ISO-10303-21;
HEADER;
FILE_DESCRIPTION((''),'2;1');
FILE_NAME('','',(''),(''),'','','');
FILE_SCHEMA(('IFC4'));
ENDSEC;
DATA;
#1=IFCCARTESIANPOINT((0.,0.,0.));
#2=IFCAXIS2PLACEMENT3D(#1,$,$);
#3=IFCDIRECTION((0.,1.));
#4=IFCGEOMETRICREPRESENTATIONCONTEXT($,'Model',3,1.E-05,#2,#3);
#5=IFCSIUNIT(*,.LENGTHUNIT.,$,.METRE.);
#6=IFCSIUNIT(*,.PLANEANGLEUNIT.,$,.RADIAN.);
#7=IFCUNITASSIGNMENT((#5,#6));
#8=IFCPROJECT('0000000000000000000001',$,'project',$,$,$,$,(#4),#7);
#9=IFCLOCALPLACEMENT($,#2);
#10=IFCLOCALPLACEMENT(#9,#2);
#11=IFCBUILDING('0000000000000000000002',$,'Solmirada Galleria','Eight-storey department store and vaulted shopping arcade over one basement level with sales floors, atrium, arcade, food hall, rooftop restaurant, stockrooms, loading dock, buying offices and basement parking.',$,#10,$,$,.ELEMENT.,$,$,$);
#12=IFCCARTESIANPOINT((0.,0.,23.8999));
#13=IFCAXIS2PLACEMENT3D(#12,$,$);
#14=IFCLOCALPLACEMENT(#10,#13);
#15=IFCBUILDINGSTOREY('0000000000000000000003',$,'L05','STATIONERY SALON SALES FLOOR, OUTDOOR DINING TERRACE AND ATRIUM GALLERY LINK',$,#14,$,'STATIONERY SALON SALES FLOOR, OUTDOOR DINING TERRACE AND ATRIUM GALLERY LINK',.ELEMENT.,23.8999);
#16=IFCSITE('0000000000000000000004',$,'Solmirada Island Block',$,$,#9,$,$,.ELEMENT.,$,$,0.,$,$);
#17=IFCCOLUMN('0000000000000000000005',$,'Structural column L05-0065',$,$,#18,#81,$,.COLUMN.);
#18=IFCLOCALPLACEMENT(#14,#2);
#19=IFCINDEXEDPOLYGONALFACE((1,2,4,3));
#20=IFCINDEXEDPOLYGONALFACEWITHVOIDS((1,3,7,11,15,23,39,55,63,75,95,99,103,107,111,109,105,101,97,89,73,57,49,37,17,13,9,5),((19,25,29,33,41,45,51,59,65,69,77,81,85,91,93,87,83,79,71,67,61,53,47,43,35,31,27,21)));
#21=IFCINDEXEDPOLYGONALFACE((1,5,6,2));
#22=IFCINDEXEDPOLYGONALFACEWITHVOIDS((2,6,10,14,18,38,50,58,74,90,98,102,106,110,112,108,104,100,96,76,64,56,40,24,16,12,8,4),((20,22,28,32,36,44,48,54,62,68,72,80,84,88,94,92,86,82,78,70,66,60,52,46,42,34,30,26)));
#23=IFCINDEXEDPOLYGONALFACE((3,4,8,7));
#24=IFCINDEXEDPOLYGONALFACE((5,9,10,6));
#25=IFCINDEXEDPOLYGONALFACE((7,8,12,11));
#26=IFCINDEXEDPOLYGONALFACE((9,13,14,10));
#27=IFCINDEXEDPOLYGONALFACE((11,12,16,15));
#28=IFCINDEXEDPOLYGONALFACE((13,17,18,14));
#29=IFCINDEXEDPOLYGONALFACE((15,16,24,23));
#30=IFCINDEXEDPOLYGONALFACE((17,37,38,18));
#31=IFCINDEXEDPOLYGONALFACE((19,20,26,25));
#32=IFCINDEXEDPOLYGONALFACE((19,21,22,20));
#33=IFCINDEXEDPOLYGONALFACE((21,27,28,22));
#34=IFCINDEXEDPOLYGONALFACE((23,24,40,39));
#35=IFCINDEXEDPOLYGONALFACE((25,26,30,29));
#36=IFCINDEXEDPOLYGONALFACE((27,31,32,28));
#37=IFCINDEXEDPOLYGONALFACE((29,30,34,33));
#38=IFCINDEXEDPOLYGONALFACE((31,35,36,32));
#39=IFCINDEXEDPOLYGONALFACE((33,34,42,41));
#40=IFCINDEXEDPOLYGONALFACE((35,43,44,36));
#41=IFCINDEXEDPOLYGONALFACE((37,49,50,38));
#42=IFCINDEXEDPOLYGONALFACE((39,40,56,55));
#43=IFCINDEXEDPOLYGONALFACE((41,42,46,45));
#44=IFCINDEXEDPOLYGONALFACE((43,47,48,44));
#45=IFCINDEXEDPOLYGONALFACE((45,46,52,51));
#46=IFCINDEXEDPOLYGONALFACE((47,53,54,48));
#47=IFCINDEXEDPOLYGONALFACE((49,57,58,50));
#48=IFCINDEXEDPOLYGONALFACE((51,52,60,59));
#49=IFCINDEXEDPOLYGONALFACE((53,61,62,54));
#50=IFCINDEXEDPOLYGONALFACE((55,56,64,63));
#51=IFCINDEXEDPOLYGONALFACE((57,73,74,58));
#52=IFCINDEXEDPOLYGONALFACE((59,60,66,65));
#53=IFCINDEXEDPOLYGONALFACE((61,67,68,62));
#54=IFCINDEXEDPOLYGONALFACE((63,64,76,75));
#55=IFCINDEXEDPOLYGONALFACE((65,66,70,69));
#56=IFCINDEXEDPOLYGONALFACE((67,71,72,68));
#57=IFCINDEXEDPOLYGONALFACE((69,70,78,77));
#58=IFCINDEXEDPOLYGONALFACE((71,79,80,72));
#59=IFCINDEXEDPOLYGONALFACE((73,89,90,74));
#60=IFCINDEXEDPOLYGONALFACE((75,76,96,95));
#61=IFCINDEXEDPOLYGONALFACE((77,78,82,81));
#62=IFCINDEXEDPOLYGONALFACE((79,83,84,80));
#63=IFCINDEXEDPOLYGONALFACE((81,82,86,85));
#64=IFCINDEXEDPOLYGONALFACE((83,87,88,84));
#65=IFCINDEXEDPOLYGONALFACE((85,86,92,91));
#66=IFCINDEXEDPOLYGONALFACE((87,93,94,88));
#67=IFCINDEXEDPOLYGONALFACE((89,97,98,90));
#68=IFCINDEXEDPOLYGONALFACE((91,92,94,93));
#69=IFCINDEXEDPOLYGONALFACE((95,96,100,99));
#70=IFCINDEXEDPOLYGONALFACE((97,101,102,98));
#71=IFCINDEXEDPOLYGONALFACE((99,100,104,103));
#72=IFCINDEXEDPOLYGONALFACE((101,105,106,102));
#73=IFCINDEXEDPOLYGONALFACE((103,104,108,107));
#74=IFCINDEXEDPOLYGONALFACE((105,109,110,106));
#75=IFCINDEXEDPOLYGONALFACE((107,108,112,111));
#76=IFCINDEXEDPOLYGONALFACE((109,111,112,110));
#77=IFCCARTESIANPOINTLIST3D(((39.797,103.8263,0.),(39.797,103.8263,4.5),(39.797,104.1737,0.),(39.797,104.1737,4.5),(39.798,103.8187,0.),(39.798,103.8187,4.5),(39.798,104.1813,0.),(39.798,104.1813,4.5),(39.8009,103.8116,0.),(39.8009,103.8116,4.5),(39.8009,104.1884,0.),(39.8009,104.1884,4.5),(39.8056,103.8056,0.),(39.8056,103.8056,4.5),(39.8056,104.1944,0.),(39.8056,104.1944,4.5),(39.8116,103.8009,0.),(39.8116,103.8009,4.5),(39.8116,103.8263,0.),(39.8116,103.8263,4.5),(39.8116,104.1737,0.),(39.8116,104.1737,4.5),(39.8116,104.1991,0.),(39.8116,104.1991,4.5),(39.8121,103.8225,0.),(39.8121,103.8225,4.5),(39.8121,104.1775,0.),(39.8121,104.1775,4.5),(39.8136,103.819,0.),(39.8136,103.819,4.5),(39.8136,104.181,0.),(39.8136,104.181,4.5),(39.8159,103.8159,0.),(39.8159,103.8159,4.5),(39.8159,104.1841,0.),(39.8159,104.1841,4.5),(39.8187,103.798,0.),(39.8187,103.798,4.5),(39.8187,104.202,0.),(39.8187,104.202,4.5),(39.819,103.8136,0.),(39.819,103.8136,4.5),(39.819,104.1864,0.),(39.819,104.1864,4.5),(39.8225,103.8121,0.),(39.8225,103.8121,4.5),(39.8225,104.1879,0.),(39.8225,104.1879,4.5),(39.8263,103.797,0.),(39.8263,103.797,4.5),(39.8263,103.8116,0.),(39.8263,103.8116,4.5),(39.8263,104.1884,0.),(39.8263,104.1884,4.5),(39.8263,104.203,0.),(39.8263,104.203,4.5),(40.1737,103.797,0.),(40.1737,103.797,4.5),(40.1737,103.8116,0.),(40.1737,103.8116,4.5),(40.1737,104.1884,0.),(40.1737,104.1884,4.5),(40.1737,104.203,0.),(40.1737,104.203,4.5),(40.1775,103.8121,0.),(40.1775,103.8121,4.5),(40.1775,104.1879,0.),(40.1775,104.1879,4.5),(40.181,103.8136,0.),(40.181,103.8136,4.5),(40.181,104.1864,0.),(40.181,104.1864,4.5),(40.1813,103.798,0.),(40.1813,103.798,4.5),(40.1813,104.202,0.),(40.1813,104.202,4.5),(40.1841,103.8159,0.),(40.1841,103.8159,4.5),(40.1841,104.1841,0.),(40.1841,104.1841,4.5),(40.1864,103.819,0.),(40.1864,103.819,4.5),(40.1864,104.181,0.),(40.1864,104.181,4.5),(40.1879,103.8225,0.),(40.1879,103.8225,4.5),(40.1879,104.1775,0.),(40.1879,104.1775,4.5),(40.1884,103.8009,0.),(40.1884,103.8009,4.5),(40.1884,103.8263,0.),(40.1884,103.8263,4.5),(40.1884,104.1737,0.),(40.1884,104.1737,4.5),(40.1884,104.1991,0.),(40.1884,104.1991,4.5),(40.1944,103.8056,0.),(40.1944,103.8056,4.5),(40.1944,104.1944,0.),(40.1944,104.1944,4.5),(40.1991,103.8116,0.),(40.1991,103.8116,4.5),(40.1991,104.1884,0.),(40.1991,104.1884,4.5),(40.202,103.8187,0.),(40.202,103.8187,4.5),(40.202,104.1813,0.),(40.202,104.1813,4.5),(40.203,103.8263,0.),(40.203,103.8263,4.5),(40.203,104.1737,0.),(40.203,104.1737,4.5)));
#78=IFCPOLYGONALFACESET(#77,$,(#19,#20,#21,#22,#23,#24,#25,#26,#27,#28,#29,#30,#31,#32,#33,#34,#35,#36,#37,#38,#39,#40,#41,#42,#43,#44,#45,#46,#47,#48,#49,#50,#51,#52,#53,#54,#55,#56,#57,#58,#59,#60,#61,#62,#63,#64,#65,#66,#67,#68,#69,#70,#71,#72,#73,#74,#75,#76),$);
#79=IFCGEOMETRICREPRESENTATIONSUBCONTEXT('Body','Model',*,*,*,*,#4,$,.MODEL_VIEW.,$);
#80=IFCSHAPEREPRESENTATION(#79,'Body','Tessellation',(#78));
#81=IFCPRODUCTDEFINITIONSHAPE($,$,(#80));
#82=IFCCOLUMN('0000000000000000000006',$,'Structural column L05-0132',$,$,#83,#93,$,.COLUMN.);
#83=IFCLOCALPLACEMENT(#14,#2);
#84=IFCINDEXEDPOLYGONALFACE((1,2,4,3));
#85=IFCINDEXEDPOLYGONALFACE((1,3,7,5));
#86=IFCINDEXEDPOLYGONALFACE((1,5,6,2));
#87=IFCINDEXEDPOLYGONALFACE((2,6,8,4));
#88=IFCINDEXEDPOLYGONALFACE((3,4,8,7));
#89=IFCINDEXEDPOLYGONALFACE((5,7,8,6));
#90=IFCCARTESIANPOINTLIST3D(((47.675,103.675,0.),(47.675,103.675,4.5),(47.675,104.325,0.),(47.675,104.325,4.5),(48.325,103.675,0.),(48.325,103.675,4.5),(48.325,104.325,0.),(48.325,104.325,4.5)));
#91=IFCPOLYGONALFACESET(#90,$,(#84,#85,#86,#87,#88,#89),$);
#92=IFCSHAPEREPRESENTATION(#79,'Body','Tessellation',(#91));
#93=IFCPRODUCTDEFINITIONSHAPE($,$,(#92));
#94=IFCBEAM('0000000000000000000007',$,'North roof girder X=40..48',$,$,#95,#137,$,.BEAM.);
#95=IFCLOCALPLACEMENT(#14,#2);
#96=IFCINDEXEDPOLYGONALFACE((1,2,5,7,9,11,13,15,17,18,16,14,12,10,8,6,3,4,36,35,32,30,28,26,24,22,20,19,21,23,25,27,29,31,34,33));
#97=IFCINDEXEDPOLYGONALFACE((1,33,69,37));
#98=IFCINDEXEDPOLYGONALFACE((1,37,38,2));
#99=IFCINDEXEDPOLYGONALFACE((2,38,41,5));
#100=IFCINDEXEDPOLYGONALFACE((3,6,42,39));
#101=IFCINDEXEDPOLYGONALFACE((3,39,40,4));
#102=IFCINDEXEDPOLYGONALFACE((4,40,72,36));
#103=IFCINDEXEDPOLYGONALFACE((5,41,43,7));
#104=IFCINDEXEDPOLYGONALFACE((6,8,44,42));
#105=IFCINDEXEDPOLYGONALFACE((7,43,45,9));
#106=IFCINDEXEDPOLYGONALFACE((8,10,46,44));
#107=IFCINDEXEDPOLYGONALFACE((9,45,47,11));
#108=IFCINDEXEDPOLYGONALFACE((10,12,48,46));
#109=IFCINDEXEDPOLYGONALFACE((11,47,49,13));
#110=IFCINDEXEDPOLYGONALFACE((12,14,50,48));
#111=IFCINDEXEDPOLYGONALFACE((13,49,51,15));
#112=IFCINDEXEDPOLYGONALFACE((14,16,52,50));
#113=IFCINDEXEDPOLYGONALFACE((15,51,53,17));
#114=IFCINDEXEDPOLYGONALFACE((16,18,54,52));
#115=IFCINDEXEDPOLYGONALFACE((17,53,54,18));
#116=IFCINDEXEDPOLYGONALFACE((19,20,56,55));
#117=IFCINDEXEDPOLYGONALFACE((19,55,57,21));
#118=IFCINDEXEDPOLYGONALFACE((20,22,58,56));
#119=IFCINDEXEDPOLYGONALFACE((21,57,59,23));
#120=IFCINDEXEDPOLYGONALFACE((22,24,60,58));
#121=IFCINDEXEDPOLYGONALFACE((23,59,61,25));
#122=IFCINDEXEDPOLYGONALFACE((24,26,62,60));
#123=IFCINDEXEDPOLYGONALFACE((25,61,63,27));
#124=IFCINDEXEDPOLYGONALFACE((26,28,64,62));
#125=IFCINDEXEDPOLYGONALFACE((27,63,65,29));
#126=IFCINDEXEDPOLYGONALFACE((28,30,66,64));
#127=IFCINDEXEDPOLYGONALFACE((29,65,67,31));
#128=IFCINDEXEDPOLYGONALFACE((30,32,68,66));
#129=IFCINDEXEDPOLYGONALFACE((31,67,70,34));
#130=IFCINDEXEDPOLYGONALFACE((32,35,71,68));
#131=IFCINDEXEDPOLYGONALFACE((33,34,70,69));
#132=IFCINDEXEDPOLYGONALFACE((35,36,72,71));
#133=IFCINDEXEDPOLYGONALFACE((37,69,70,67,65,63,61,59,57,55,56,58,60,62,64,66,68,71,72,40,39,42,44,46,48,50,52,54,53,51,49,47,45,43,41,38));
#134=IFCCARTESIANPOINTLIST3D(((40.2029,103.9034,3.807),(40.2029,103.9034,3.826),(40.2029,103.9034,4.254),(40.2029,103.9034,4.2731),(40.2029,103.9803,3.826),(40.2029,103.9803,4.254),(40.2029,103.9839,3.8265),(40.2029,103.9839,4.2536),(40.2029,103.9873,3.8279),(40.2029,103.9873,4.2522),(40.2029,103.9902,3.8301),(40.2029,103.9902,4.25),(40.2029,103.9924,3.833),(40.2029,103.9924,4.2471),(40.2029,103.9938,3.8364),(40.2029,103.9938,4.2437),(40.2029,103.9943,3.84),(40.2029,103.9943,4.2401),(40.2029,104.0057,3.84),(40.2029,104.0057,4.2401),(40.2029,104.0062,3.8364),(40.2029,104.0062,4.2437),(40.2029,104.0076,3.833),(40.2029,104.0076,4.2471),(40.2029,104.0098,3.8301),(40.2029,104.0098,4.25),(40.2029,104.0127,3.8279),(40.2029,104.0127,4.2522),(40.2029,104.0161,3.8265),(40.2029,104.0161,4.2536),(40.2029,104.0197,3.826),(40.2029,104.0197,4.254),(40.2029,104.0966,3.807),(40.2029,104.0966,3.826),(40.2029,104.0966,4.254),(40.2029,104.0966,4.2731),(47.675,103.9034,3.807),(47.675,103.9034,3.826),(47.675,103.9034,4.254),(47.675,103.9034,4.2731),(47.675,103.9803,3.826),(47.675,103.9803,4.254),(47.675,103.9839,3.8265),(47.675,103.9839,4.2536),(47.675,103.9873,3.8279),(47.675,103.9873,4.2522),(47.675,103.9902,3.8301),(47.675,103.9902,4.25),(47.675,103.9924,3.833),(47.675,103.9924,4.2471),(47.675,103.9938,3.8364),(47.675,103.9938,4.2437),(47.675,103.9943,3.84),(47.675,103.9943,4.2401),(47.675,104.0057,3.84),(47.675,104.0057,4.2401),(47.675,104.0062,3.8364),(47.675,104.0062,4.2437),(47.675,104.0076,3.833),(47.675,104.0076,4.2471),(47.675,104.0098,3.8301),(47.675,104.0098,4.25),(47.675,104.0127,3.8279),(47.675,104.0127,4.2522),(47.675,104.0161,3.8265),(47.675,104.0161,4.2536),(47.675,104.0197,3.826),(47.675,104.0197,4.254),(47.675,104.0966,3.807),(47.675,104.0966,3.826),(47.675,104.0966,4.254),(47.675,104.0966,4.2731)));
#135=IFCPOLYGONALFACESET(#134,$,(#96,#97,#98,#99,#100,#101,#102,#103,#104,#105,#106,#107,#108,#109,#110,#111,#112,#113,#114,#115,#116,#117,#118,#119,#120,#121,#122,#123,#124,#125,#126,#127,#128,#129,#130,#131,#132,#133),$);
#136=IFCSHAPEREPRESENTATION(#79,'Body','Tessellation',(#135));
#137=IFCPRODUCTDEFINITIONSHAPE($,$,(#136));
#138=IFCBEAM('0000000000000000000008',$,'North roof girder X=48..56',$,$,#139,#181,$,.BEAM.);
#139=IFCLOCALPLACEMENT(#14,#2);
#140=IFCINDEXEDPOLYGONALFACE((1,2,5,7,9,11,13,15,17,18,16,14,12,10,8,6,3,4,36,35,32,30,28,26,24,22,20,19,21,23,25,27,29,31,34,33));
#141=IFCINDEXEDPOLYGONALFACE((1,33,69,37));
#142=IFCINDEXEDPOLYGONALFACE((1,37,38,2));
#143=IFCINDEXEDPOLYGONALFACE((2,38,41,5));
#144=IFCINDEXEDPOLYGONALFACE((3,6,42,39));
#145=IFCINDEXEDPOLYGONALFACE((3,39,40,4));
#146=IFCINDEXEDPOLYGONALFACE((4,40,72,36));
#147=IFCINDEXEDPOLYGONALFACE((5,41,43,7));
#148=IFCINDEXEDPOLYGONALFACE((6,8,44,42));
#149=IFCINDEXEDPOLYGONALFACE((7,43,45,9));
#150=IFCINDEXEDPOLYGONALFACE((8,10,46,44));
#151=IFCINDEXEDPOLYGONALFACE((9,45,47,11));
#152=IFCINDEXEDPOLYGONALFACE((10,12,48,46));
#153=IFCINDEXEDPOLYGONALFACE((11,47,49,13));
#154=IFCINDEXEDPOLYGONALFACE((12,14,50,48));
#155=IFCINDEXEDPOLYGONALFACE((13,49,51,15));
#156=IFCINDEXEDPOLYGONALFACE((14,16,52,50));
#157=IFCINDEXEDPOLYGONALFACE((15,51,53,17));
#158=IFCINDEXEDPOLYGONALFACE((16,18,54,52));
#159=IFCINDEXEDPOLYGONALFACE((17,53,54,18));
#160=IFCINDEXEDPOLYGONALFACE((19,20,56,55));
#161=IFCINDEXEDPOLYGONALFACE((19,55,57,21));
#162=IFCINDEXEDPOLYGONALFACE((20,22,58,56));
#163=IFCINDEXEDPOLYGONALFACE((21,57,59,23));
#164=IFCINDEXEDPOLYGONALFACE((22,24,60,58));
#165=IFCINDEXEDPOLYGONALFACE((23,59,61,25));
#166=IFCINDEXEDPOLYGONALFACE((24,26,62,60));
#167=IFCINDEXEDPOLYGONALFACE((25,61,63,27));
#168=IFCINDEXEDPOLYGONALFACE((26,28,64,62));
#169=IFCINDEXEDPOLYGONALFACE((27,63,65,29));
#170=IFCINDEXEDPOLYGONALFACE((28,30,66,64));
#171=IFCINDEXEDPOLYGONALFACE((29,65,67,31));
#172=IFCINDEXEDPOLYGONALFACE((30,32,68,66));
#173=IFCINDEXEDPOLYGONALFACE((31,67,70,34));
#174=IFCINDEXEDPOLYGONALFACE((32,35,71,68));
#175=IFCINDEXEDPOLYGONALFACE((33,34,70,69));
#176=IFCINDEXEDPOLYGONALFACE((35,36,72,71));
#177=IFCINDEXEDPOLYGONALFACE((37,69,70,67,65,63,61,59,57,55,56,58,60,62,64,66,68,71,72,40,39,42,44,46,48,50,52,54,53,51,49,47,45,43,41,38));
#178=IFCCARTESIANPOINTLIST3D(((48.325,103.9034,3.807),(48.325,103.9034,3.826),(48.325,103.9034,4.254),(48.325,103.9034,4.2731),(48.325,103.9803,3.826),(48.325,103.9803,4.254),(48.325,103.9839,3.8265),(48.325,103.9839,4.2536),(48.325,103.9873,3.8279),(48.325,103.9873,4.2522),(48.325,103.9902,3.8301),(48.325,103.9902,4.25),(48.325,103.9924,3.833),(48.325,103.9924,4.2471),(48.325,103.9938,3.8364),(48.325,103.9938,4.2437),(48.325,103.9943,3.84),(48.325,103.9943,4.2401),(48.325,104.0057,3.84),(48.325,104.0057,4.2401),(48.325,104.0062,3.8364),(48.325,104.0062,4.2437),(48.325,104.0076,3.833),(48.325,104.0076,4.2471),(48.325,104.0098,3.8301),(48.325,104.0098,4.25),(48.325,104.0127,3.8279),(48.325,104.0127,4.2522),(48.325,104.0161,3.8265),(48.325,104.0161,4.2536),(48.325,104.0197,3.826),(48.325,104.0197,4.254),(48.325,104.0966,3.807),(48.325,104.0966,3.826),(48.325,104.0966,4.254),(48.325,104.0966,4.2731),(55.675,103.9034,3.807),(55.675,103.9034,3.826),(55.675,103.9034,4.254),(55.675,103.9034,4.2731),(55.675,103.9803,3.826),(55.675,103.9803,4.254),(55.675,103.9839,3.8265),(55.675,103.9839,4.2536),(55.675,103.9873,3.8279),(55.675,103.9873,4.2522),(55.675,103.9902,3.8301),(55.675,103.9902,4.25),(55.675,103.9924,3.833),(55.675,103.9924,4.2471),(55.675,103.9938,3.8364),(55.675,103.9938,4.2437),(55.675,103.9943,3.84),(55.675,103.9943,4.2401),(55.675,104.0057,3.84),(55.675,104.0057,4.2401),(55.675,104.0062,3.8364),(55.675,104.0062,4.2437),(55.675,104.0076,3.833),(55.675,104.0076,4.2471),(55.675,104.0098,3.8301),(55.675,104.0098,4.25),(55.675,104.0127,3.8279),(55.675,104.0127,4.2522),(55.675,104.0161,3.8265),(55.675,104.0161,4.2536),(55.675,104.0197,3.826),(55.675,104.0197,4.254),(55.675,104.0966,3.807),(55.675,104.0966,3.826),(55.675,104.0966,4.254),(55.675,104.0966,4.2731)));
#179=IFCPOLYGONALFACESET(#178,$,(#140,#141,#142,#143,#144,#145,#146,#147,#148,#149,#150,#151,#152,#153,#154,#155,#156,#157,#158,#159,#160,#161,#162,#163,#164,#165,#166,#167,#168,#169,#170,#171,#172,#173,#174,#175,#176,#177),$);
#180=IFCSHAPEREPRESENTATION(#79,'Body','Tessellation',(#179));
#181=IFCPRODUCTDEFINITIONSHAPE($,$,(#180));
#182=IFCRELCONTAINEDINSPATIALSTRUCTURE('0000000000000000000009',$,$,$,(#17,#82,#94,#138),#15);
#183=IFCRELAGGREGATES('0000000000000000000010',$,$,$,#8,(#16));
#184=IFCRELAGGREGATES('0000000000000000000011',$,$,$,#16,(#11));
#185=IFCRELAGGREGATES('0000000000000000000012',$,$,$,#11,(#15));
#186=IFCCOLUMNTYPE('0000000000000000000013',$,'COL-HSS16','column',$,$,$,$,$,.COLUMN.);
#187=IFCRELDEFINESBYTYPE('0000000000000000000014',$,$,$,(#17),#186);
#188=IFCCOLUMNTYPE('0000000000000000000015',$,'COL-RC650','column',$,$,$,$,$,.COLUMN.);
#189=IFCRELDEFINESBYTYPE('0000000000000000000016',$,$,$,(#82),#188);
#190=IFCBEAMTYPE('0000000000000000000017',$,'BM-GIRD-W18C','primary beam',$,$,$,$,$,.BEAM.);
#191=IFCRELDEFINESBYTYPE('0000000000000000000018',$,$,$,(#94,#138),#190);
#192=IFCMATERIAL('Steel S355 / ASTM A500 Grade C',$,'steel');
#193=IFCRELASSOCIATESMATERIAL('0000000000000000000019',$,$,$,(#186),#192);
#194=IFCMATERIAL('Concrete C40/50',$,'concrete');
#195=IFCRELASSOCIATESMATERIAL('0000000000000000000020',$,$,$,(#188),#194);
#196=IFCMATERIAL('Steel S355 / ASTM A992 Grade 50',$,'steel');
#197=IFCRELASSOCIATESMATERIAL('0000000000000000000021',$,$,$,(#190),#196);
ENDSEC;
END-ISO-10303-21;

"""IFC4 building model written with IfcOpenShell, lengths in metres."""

from ifc_helpers import new_model, si_unit, direction, frame, origin, origin_2d, place, context, subcontext, project, spatial, rectangle, hollow_rectangle, i_section, extrude, material, material_profile, profile_set, type_object, element, save


model = new_model("IFC4")

# Units and contexts
model_context = context("Model", 3, precision=1e-05, world=origin(), true_north=direction((0.0, 1.0)))
body_context = subcontext(model_context, "Body", "Model", "MODEL_VIEW")
ifc_project = project(units=[si_unit("LENGTHUNIT", "METRE"), si_unit("PLANEANGLEUNIT", "RADIAN")], contexts=[model_context])

# Site, building, storey
site_placement = place(None, origin())
site = spatial("IfcSite", under=ifc_project, at=site_placement, Name="Solmirada Island Block", CompositionType="ELEMENT", RefElevation=0.0)
building_placement = place(site_placement, origin())
building = spatial("IfcBuilding", under=site, at=building_placement, Name="Solmirada Galleria", Description="Eight-storey department store and vaulted shopping arcade over one basement level with sales floors, atrium, arcade, food hall, rooftop restaurant, stockrooms, loading dock, buying offices and basement parking.", CompositionType="ELEMENT")
storey_placement = place(building_placement, frame((0.0, 0.0, 23.8999)))
storey = spatial("IfcBuildingStorey", under=building, at=storey_placement, Name="L05", Description="STATIONERY SALON SALES FLOOR, OUTDOOR DINING TERRACE AND ATRIUM GALLERY LINK", LongName="STATIONERY SALON SALES FLOOR, OUTDOOR DINING TERRACE AND ATRIUM GALLERY LINK", CompositionType="ELEMENT", Elevation=23.8999)

# Columns
ifc_material_1 = material(Name="Steel S355 / ASTM A500 Grade C", Category="steel")
ifc_material_profile_1 = material_profile(ifc_material_1, hollow_rectangle(XDim=0.406, YDim=0.406, WallThickness=0.0146, InnerFilletRadius=0.0146, OuterFilletRadius=0.0293, at=origin_2d()), Name="HSS16X16X5/8")
ifc_profile_set_1 = profile_set([ifc_material_profile_1], Name="Steel S355 / ASTM A500 Grade C")
column_type_1 = type_object("IfcColumnType", Name="COL-HSS16", Description="column", PredefinedType="COLUMN", material=ifc_profile_set_1)
column_1_placement = place(storey_placement, frame((40.0, 104.0, 0.0), z_axis=(0.0, 0.0, 1.0), x_axis=(1.0, 0.0, 0.0)))
element("IfcColumn", 1, at=column_1_placement, inside=storey, type_object=column_type_1, Name="Structural column L05-0065", PredefinedType="COLUMN", context=body_context, shape_type="SweptSolid", body=[
    extrude(hollow_rectangle(XDim=0.406, YDim=0.406, WallThickness=0.0146, InnerFilletRadius=0.0146, OuterFilletRadius=0.0293, at=origin_2d()), origin(), (0.0, 0.0, 1.0), 4.5),
])
ifc_material_2 = material(Name="Concrete C40/50", Category="concrete")
ifc_material_profile_2 = material_profile(ifc_material_2, rectangle(XDim=0.6499, YDim=0.6499, at=origin_2d()), Name="RC650X650")
ifc_profile_set_2 = profile_set([ifc_material_profile_2], Name="Concrete C40/50")
column_type_2 = type_object("IfcColumnType", Name="COL-RC650", Description="column", PredefinedType="COLUMN", material=ifc_profile_set_2)
column_2_placement = place(storey_placement, frame((48.0, 104.0, 0.0), z_axis=(0.0, 0.0, 1.0), x_axis=(1.0, 0.0, 0.0)))
element("IfcColumn", 2, at=column_2_placement, inside=storey, type_object=column_type_2, Name="Structural column L05-0132", PredefinedType="COLUMN", context=body_context, shape_type="SweptSolid", body=[
    extrude(rectangle(XDim=0.6499, YDim=0.6499, at=origin_2d()), origin(), (0.0, 0.0, 1.0), 4.5),
])

# Beams
ifc_material_3 = material(Name="Steel S355 / ASTM A992 Grade 50", Category="steel")
ifc_material_profile_3 = material_profile(ifc_material_3, i_section(OverallWidth=0.1931, OverallDepth=0.4661, WebThickness=0.0115, FlangeThickness=0.019, FilletRadius=0.0139, at=origin_2d()), Name="W18X65")
ifc_profile_set_3 = profile_set([ifc_material_profile_3], Name="Steel S355 / ASTM A992 Grade 50")
beam_type = type_object("IfcBeamType", Name="BM-GIRD-W18C", Description="primary beam", PredefinedType="BEAM", material=ifc_profile_set_3)
beam_1_placement = place(storey_placement, frame((40.2029, 104.0, 4.04), z_axis=(1.0, 0.0, 0.0), x_axis=(0.0, 1.0, 0.0)))
element("IfcBeam", 3, at=beam_1_placement, inside=storey, type_object=beam_type, Name="North roof girder X=40..48", PredefinedType="BEAM", context=body_context, shape_type="SweptSolid", body=[
    extrude(i_section(OverallWidth=0.1931, OverallDepth=0.4661, WebThickness=0.0115, FlangeThickness=0.019, FilletRadius=0.0139, at=origin_2d()), origin(), (0.0, 0.0, 1.0), 7.4722),
])
beam_2_placement = place(storey_placement, frame((48.325, 104.0, 4.04), z_axis=(1.0, 0.0, 0.0), x_axis=(0.0, 1.0, 0.0)))
element("IfcBeam", 4, at=beam_2_placement, inside=storey, type_object=beam_type, Name="North roof girder X=48..56", PredefinedType="BEAM", context=body_context, shape_type="SweptSolid", body=[
    extrude(i_section(OverallWidth=0.1931, OverallDepth=0.4661, WebThickness=0.0115, FlangeThickness=0.019, FilletRadius=0.0139, at=origin_2d()), origin(), (0.0, 0.0, 1.0), 7.3501),
])

save(model, "model.ifc")
